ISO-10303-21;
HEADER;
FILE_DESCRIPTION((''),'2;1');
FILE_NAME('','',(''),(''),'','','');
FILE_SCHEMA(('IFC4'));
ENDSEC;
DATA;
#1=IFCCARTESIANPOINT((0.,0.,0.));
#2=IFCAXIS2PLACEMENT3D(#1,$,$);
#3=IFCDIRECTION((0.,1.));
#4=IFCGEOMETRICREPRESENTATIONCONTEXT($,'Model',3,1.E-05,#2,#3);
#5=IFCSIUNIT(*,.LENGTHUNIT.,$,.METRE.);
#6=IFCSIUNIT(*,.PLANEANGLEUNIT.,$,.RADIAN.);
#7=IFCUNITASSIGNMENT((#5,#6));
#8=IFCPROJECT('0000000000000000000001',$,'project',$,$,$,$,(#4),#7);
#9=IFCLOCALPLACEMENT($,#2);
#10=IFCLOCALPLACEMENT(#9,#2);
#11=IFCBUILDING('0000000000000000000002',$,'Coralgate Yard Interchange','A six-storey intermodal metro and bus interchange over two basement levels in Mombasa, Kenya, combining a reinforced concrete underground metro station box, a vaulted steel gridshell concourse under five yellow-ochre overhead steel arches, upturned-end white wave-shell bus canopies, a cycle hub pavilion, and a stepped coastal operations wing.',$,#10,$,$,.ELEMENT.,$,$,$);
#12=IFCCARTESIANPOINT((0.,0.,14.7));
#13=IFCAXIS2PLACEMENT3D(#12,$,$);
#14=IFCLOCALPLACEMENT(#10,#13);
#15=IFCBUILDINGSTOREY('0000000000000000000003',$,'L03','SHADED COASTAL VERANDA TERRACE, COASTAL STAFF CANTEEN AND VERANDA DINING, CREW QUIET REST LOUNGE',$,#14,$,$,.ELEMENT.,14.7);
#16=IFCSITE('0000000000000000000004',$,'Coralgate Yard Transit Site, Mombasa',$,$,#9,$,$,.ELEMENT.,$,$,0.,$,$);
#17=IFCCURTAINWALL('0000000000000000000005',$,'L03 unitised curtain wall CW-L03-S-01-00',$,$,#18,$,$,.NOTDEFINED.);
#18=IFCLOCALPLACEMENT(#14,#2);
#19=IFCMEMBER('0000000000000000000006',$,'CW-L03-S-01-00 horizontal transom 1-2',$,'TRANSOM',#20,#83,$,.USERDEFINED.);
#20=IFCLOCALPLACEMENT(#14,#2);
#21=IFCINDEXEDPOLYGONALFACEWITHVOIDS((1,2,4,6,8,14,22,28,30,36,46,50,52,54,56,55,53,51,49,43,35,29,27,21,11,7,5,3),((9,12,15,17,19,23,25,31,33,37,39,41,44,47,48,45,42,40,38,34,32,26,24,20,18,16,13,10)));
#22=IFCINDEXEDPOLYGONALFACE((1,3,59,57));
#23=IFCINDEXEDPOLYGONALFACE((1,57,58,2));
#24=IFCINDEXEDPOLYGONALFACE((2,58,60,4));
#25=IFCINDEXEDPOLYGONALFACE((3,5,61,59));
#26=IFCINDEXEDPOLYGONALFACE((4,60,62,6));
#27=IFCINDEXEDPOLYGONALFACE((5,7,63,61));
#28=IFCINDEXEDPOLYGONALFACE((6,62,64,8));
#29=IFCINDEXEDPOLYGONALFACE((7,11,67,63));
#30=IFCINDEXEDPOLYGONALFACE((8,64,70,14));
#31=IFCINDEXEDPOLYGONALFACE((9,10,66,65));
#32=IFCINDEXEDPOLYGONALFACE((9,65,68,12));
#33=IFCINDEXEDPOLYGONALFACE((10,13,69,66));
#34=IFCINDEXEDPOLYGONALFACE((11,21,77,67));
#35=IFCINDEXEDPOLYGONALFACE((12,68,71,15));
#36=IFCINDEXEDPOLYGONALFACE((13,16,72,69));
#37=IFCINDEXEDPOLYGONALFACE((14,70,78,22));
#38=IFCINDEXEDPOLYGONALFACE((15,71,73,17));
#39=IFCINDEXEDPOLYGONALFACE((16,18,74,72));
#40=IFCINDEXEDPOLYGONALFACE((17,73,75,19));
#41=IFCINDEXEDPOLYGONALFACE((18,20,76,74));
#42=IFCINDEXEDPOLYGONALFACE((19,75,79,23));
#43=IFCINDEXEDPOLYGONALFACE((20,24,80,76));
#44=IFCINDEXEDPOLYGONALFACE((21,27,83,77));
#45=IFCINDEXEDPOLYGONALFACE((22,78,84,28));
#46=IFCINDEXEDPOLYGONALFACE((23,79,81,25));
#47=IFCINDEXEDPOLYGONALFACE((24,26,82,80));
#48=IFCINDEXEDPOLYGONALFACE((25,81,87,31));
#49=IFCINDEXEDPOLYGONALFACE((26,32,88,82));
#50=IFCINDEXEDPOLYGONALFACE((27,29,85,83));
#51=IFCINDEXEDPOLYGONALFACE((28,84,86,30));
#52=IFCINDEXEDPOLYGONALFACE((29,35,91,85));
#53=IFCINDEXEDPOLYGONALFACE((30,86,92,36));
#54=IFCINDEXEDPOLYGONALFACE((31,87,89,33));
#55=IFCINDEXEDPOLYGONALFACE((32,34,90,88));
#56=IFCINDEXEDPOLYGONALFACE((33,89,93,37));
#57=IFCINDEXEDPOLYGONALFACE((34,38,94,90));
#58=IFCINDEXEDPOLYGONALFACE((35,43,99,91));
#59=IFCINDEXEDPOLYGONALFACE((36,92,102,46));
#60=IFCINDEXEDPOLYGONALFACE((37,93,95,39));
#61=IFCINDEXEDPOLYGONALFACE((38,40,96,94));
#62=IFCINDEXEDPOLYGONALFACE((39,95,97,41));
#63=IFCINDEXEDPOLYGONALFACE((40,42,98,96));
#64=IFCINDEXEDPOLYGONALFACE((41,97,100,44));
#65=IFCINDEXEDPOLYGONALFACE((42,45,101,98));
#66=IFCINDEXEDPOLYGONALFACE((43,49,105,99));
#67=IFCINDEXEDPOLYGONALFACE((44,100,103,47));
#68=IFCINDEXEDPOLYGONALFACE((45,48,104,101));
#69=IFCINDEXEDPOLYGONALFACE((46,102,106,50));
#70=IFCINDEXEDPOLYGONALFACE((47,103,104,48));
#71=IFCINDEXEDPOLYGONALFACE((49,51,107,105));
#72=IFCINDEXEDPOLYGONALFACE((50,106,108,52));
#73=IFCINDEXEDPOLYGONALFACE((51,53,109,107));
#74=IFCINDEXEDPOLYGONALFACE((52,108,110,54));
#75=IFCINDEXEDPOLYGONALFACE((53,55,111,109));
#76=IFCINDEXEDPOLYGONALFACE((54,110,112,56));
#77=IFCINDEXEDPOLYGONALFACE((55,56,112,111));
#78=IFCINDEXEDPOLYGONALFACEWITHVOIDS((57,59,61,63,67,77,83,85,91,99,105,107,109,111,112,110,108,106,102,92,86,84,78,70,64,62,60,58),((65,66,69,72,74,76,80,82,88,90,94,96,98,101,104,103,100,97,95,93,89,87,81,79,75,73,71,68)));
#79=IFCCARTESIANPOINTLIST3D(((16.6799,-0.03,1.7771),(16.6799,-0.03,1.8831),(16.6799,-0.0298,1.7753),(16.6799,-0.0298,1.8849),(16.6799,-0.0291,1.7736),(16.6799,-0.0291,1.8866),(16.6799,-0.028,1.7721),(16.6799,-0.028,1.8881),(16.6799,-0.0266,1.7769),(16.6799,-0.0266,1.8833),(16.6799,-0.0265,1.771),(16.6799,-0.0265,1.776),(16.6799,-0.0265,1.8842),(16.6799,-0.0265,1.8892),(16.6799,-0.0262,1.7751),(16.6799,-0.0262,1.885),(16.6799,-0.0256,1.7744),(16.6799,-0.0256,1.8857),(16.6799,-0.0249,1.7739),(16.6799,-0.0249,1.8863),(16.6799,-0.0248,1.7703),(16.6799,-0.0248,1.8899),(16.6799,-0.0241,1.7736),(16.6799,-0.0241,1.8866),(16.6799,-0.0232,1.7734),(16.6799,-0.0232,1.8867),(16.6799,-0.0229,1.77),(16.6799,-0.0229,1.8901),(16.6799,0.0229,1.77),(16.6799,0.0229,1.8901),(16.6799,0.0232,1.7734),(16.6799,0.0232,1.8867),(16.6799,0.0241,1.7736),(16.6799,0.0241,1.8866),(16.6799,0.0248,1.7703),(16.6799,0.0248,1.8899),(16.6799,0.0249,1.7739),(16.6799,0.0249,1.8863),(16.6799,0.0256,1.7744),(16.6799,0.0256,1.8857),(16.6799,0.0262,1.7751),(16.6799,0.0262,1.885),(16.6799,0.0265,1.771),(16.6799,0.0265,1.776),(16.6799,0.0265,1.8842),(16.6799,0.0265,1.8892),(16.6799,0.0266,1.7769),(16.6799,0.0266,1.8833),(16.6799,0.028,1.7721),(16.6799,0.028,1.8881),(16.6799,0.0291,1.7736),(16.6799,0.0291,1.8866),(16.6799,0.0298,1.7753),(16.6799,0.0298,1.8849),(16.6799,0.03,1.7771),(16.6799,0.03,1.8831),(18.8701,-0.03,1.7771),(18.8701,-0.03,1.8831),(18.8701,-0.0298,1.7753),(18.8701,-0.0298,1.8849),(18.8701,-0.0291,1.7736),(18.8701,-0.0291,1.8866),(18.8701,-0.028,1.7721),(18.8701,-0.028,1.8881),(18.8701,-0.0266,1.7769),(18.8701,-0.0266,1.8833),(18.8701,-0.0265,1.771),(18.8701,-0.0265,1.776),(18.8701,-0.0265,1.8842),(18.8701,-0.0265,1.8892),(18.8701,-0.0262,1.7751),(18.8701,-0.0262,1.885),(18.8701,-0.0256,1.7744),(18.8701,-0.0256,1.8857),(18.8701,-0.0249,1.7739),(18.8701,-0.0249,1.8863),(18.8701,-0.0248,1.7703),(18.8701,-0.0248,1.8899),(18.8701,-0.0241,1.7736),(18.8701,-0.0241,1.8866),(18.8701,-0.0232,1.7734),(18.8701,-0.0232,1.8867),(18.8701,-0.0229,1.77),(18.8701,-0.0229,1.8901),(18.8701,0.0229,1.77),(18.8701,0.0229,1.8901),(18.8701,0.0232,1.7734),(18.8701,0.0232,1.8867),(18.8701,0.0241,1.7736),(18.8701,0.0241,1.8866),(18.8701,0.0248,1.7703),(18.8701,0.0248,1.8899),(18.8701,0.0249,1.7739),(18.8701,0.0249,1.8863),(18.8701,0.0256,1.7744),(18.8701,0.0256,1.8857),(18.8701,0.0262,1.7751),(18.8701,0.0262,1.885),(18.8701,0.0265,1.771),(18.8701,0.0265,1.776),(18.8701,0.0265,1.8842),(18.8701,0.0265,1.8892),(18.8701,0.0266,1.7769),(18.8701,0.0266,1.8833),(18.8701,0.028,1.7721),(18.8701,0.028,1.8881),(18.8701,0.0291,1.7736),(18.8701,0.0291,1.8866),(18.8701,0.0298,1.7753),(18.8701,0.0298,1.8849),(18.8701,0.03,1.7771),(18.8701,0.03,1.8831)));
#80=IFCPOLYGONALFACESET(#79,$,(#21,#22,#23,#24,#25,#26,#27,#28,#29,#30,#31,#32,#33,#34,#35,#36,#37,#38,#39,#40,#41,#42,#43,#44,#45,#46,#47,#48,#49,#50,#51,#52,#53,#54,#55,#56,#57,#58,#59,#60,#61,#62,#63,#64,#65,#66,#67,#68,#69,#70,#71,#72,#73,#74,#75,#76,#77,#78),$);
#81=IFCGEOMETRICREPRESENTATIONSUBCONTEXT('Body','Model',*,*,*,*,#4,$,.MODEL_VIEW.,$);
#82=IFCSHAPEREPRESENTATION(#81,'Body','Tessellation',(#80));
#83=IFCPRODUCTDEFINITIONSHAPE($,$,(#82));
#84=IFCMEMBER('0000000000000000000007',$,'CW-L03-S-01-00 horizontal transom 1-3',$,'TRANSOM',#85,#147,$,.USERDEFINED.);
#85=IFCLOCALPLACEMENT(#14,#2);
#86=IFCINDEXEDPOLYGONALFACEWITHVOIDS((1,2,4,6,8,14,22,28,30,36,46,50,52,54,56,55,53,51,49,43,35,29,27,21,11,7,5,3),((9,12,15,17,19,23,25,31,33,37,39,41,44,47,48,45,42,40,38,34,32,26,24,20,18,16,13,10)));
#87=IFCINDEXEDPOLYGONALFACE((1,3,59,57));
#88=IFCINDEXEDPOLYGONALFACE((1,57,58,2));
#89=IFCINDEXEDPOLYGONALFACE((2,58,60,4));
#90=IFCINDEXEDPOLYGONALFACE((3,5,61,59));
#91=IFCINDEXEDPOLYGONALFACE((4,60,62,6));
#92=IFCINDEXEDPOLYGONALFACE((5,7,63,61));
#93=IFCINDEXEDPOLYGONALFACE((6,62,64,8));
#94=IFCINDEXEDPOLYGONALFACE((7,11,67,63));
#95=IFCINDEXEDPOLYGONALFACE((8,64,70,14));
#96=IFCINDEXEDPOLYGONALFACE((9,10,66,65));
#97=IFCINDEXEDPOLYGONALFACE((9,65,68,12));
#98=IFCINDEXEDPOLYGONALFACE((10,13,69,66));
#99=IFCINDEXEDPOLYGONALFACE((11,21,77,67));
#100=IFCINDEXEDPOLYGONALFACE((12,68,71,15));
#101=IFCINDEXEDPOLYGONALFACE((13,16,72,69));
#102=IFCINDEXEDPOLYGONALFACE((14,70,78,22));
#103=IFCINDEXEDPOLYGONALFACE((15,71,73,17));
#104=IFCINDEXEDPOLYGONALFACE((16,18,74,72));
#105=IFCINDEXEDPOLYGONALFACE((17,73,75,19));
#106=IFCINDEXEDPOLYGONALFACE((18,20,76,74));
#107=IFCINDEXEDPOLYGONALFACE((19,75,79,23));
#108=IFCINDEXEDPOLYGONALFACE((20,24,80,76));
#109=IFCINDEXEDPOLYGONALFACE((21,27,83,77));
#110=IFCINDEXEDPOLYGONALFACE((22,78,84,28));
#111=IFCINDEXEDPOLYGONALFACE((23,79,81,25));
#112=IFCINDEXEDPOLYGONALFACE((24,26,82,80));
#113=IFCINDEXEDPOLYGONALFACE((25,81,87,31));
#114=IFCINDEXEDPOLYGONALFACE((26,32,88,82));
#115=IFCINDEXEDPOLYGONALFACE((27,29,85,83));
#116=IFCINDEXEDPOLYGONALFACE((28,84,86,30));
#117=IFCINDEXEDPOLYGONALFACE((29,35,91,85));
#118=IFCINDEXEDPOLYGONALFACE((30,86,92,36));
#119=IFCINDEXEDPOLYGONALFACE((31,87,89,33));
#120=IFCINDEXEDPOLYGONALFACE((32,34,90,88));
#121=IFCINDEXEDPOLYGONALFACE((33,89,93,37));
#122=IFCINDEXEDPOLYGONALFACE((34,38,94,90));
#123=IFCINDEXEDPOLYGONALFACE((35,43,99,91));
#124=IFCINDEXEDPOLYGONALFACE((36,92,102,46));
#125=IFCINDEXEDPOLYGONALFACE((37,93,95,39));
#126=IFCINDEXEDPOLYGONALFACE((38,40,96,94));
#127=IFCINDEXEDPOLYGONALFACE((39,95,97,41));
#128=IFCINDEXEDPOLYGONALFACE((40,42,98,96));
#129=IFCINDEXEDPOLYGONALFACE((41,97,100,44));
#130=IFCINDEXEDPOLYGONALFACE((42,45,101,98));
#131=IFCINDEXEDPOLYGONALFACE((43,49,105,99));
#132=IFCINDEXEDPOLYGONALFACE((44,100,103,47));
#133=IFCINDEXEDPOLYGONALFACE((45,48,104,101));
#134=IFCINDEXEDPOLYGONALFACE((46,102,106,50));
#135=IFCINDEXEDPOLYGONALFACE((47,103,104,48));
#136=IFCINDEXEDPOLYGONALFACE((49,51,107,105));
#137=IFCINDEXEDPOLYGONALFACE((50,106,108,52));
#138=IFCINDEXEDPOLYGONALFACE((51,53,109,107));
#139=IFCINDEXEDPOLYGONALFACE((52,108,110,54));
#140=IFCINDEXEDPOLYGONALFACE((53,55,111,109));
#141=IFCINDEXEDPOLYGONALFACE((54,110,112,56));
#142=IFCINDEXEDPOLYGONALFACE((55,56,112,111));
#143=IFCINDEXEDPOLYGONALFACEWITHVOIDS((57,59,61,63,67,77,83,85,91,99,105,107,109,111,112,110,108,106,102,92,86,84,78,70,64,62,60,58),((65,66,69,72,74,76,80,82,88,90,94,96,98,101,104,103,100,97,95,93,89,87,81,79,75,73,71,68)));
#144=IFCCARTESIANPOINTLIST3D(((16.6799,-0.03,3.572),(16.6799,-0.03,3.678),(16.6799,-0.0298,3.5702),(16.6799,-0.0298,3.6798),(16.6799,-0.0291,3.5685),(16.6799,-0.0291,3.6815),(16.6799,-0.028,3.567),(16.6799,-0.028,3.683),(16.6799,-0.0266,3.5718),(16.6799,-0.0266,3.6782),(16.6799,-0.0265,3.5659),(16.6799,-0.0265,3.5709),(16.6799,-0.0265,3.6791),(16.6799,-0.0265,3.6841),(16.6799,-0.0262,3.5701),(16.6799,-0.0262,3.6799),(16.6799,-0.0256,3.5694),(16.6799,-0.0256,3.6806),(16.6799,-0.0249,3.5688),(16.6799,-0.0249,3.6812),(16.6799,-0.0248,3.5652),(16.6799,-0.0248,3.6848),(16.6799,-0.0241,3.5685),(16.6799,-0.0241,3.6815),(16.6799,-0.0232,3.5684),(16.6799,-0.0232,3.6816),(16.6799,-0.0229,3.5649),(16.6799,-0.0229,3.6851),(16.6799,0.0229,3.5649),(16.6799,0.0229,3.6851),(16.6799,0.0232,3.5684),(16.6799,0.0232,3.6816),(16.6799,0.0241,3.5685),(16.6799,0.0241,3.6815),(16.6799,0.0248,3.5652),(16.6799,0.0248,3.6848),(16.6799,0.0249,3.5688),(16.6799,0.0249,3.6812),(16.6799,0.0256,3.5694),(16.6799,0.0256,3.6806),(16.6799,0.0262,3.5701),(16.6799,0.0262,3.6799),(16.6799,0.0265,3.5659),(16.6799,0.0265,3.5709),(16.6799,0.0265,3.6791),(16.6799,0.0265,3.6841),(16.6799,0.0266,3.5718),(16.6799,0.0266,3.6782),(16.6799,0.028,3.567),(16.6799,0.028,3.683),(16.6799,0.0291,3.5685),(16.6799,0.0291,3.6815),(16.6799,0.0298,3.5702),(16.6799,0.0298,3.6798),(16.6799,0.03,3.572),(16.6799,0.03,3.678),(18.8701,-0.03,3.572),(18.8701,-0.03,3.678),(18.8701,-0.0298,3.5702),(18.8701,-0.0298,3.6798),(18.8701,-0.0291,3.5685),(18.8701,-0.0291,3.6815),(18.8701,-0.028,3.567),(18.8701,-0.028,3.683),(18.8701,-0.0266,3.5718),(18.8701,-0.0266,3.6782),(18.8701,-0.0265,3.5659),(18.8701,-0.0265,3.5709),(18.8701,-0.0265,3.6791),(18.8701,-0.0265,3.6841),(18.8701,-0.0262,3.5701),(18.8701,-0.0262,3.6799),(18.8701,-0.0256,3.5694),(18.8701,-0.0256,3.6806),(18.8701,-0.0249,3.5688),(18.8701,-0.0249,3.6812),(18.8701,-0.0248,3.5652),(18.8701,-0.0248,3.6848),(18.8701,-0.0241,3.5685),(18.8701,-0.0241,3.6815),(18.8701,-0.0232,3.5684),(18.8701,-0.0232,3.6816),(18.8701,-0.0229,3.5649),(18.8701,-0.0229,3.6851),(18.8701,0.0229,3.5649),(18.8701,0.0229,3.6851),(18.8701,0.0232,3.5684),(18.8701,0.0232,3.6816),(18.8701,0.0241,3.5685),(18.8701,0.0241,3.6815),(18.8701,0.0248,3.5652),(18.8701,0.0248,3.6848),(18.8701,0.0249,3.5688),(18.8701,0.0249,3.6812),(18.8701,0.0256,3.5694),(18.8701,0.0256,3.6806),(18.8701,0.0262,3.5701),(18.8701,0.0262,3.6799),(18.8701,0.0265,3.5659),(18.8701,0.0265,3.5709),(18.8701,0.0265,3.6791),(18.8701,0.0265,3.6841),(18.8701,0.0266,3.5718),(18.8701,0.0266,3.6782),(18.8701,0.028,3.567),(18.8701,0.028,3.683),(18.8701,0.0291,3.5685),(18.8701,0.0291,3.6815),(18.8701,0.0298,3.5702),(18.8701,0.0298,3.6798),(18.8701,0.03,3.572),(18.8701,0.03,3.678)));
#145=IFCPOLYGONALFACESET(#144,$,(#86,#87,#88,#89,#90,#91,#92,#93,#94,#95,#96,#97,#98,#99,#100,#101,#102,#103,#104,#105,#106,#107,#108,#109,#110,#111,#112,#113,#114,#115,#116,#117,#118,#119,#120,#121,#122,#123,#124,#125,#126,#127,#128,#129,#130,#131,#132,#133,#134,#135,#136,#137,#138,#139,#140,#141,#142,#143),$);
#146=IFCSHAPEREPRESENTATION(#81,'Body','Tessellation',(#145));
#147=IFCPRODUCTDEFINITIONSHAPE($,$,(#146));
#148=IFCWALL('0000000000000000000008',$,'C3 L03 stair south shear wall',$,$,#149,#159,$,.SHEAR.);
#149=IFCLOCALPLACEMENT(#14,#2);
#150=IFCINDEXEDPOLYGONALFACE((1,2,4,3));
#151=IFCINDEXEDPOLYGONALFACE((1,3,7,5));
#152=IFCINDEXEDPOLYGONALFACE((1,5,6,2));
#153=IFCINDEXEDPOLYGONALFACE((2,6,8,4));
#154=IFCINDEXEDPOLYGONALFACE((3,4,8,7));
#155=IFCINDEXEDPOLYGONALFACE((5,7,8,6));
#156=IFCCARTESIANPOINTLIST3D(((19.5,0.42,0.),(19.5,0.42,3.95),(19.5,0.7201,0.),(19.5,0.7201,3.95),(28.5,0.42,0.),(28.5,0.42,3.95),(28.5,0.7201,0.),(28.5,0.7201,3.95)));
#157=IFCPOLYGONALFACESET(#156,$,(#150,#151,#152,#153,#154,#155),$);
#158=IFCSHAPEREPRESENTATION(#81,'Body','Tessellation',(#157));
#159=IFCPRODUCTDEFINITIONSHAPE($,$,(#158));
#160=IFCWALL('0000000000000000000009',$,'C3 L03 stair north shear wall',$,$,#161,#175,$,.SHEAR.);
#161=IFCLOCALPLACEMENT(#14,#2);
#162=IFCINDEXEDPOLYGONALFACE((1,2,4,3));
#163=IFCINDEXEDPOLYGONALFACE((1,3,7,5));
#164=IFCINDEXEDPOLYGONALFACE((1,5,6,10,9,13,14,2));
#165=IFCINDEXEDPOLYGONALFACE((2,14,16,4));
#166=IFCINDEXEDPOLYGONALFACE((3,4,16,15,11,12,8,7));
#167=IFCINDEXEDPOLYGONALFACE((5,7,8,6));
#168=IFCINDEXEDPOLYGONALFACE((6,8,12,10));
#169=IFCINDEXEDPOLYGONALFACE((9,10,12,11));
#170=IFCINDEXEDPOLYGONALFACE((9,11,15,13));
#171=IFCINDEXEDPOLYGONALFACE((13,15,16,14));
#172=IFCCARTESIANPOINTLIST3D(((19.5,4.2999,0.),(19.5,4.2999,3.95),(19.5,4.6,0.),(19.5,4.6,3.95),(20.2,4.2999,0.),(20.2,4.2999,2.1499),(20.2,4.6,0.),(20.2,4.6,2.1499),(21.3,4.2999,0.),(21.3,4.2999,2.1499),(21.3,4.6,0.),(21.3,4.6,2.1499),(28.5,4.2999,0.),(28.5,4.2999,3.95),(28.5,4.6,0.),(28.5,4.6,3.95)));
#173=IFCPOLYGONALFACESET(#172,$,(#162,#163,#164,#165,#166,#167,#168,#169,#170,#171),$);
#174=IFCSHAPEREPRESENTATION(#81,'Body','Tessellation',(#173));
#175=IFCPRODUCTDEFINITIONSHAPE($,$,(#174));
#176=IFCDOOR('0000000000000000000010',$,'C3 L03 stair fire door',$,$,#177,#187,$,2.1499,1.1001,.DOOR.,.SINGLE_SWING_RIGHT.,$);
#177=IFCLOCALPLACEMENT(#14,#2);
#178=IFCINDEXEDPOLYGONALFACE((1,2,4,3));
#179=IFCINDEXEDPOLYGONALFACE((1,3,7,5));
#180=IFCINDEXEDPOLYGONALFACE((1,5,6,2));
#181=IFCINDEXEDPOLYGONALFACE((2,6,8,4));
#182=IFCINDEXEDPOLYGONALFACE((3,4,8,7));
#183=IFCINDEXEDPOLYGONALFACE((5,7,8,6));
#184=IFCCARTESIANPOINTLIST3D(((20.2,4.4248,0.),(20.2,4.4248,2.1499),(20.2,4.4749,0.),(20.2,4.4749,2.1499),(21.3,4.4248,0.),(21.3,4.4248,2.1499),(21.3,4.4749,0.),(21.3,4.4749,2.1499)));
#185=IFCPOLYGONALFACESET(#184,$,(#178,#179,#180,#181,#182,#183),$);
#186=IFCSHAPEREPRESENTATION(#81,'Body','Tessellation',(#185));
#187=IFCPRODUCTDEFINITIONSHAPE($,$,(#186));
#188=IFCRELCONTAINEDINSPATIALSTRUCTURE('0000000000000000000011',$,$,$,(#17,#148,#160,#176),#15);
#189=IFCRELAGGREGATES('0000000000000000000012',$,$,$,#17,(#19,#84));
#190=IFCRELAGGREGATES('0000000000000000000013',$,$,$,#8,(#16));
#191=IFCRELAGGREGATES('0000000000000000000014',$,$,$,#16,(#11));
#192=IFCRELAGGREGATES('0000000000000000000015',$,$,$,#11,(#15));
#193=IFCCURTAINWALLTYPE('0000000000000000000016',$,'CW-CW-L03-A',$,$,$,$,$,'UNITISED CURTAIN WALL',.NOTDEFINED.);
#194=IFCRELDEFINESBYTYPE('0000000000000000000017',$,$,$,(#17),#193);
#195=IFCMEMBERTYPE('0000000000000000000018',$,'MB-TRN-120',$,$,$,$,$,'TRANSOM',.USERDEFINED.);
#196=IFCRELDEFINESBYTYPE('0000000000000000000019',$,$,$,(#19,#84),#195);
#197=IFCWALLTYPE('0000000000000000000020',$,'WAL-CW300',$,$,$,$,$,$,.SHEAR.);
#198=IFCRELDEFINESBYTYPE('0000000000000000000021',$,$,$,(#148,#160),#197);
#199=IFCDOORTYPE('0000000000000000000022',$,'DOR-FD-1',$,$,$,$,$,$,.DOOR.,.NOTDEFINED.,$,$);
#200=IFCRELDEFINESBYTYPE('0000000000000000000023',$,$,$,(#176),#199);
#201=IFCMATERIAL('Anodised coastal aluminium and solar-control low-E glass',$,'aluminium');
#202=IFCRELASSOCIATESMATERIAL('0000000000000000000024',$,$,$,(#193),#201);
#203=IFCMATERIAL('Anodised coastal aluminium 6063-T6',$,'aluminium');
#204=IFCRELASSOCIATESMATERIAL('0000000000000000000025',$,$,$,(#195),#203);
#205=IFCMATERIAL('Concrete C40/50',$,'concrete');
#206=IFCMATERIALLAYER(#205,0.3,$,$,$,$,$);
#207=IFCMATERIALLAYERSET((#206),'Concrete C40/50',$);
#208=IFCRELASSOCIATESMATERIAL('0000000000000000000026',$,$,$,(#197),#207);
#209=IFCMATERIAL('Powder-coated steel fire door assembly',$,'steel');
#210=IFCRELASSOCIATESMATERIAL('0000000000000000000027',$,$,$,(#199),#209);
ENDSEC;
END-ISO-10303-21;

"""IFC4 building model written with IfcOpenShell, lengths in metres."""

from ifc_helpers import new_model, si_unit, direction, frame, frame_2d, origin, origin_2d, place, context, subcontext, project, spatial, rectangle, hollow_rectangle, extrude, material, layer, layer_set, material_profile, profile_set, type_object, element, fill, aggregate, save


model = new_model("IFC4")

# Units and contexts
model_context = context("Model", 3, precision=1e-05, world=origin(), true_north=direction((0.0, 1.0)))
body_context = subcontext(model_context, "Body", "Model", "MODEL_VIEW")
ifc_project = project(units=[si_unit("LENGTHUNIT", "METRE"), si_unit("PLANEANGLEUNIT", "RADIAN")], contexts=[model_context])

# Site, building, storey
site_placement = place(None, origin())
site = spatial("IfcSite", under=ifc_project, at=site_placement, Name="Coralgate Yard Transit Site, Mombasa", CompositionType="ELEMENT", RefElevation=0.0)
building_placement = place(site_placement, origin())
building = spatial("IfcBuilding", under=site, at=building_placement, Name="Coralgate Yard Interchange", Description="A six-storey intermodal metro and bus interchange over two basement levels in Mombasa, Kenya, combining a reinforced concrete underground metro station box, a vaulted steel gridshell concourse under five yellow-ochre overhead steel arches, upturned-end white wave-shell bus canopies, a cycle hub pavilion, and a stepped coastal operations wing.", CompositionType="ELEMENT")
storey_placement = place(building_placement, frame((0.0, 0.0, 14.7)))
storey = spatial("IfcBuildingStorey", under=building, at=storey_placement, Name="L03", Description="SHADED COASTAL VERANDA TERRACE, COASTAL STAFF CANTEEN AND VERANDA DINING, CREW QUIET REST LOUNGE", CompositionType="ELEMENT", Elevation=14.7)

# Curtain wall, members
ifc_material_1 = material(Name="Anodised coastal aluminium and solar-control low-E glass", Category="aluminium")
curtain_wall_type = type_object("IfcCurtainWallType", Name="CW-CW-L03-A", ElementType="UNITISED CURTAIN WALL", PredefinedType="NOTDEFINED", material=ifc_material_1)
curtain_wall_placement = place(storey_placement, origin())
curtain_wall = element("IfcCurtainWall", 1, at=curtain_wall_placement, inside=storey, type_object=curtain_wall_type, Name="L03 unitised curtain wall CW-L03-S-01-00", PredefinedType="NOTDEFINED")
ifc_material_2 = material(Name="Anodised coastal aluminium 6063-T6", Category="aluminium")
ifc_material_profile_1 = material_profile(ifc_material_2, hollow_rectangle(XDim=0.0601, YDim=0.1201, WallThickness=0.0034, InnerFilletRadius=0.0034, OuterFilletRadius=0.0071, at=origin_2d()), Name="ALU 60x120x3.5")
ifc_profile_set_1 = profile_set([ifc_material_profile_1], Name="Anodised coastal aluminium 6063-T6")
member_type_1 = type_object("IfcMemberType", Name="MB-TRN-120", ElementType="TRANSOM", PredefinedType="USERDEFINED", material=ifc_profile_set_1)
member_1_placement = place(storey_placement, frame((18.8701, 0.0, 1.8301), z_axis=(-1.0, 0.0, 0.0), x_axis=(0.0, -1.0, 0.0)))
member_1 = element("IfcMember", 2, at=member_1_placement, type_object=member_type_1, Name="CW-L03-S-01-00 horizontal transom 1-2", ObjectType="TRANSOM", PredefinedType="USERDEFINED", context=body_context, shape_type="SweptSolid", body=[
    extrude(hollow_rectangle(XDim=0.0601, YDim=0.1201, WallThickness=0.0034, InnerFilletRadius=0.0034, OuterFilletRadius=0.0071, at=origin_2d()), origin(), (0.0, 0.0, 1.0), 2.1902),
])
member_2_placement = place(storey_placement, frame((18.8701, 0.0, 3.625), z_axis=(-1.0, 0.0, 0.0), x_axis=(0.0, -1.0, 0.0)))
member_2 = element("IfcMember", 3, at=member_2_placement, type_object=member_type_1, Name="CW-L03-S-01-00 horizontal transom 1-3", ObjectType="TRANSOM", PredefinedType="USERDEFINED", context=body_context, shape_type="SweptSolid", body=[
    extrude(hollow_rectangle(XDim=0.0601, YDim=0.1201, WallThickness=0.0034, InnerFilletRadius=0.0034, OuterFilletRadius=0.0071, at=origin_2d()), origin(), (0.0, 0.0, 1.0), 2.1902),
])
aggregate(curtain_wall, [member_1, member_2])

# Wall
ifc_material_3 = material(Name="Concrete C40/50", Category="concrete")
ifc_layer_1 = layer(ifc_material_3, 0.3)
ifc_layer_set_1 = layer_set([ifc_layer_1], Name="Concrete C40/50")
wall_type_1 = type_object("IfcWallType", Name="WAL-CW300", PredefinedType="SHEAR", material=ifc_layer_set_1)
wall_1_placement = place(storey_placement, frame((19.5, 0.5701, 0.0), z_axis=(0.0, 0.0, 1.0), x_axis=(1.0, 0.0, 0.0)))
element("IfcWall", 4, at=wall_1_placement, inside=storey, type_object=wall_type_1, Name="C3 L03 stair south shear wall", PredefinedType="SHEAR", context=body_context, shape_type="SweptSolid", body=[
    extrude(rectangle(XDim=9.0, YDim=0.3, at=frame_2d((4.5, 0.0))), origin(), (0.0, 0.0, 1.0), 3.95),
])

# Wall, opening, door
wall_2_placement = place(storey_placement, frame((28.5, 4.45, 0.0), z_axis=(0.0, 0.0, 1.0), x_axis=(-1.0, 0.0, 0.0)))
wall_2 = element("IfcWall", 5, at=wall_2_placement, inside=storey, type_object=wall_type_1, Name="C3 L03 stair north shear wall", PredefinedType="SHEAR", context=body_context, shape_type="SweptSolid", body=[
    extrude(rectangle(XDim=9.0, YDim=0.3, at=frame_2d((4.5, 0.0))), origin(), (0.0, 0.0, 1.0), 3.95),
])
opening_placement = place(wall_2_placement, frame((7.2, 0.0, 0.0)))
opening = element("IfcOpeningElement", 6, at=opening_placement, cuts=wall_2, PredefinedType="OPENING", context=body_context, shape_type="SweptSolid", body=[
    extrude(rectangle(XDim=1.1001, YDim=2.1499, at=frame_2d((0.55, 1.075))), frame((0.0, 0.1599, 0.0), z_axis=(0.0, -1.0, 0.0), x_axis=(1.0, 0.0, 0.0)), (0.0, 0.0, 1.0), 0.3201),
])
ifc_material_4 = material(Name="Powder-coated steel fire door assembly", Category="steel")
door_type = type_object("IfcDoorType", Name="DOR-FD-1", OperationType="NOTDEFINED", PredefinedType="DOOR", material=ifc_material_4)
door_placement = place(opening_placement, frame((1.1001, 0.0, 0.0), z_axis=(0.0, 0.0, 1.0), x_axis=(-1.0, 0.0, 0.0)))
door = element("IfcDoor", 7, at=door_placement, inside=storey, type_object=door_type, Name="C3 L03 stair fire door", OperationType="SINGLE_SWING_RIGHT", OverallHeight=2.1499, OverallWidth=1.1001, PredefinedType="DOOR", context=body_context, shape_type="SweptSolid", body=[
    extrude(rectangle(XDim=1.1001, YDim=2.1499, at=frame_2d((0.55, 1.075))), frame((0.0, 0.0249, 0.0), z_axis=(0.0, -1.0, 0.0), x_axis=(1.0, 0.0, 0.0)), (0.0, 0.0, 1.0), 0.05),
])
fill(opening, door)

save(model, "model.ifc")
